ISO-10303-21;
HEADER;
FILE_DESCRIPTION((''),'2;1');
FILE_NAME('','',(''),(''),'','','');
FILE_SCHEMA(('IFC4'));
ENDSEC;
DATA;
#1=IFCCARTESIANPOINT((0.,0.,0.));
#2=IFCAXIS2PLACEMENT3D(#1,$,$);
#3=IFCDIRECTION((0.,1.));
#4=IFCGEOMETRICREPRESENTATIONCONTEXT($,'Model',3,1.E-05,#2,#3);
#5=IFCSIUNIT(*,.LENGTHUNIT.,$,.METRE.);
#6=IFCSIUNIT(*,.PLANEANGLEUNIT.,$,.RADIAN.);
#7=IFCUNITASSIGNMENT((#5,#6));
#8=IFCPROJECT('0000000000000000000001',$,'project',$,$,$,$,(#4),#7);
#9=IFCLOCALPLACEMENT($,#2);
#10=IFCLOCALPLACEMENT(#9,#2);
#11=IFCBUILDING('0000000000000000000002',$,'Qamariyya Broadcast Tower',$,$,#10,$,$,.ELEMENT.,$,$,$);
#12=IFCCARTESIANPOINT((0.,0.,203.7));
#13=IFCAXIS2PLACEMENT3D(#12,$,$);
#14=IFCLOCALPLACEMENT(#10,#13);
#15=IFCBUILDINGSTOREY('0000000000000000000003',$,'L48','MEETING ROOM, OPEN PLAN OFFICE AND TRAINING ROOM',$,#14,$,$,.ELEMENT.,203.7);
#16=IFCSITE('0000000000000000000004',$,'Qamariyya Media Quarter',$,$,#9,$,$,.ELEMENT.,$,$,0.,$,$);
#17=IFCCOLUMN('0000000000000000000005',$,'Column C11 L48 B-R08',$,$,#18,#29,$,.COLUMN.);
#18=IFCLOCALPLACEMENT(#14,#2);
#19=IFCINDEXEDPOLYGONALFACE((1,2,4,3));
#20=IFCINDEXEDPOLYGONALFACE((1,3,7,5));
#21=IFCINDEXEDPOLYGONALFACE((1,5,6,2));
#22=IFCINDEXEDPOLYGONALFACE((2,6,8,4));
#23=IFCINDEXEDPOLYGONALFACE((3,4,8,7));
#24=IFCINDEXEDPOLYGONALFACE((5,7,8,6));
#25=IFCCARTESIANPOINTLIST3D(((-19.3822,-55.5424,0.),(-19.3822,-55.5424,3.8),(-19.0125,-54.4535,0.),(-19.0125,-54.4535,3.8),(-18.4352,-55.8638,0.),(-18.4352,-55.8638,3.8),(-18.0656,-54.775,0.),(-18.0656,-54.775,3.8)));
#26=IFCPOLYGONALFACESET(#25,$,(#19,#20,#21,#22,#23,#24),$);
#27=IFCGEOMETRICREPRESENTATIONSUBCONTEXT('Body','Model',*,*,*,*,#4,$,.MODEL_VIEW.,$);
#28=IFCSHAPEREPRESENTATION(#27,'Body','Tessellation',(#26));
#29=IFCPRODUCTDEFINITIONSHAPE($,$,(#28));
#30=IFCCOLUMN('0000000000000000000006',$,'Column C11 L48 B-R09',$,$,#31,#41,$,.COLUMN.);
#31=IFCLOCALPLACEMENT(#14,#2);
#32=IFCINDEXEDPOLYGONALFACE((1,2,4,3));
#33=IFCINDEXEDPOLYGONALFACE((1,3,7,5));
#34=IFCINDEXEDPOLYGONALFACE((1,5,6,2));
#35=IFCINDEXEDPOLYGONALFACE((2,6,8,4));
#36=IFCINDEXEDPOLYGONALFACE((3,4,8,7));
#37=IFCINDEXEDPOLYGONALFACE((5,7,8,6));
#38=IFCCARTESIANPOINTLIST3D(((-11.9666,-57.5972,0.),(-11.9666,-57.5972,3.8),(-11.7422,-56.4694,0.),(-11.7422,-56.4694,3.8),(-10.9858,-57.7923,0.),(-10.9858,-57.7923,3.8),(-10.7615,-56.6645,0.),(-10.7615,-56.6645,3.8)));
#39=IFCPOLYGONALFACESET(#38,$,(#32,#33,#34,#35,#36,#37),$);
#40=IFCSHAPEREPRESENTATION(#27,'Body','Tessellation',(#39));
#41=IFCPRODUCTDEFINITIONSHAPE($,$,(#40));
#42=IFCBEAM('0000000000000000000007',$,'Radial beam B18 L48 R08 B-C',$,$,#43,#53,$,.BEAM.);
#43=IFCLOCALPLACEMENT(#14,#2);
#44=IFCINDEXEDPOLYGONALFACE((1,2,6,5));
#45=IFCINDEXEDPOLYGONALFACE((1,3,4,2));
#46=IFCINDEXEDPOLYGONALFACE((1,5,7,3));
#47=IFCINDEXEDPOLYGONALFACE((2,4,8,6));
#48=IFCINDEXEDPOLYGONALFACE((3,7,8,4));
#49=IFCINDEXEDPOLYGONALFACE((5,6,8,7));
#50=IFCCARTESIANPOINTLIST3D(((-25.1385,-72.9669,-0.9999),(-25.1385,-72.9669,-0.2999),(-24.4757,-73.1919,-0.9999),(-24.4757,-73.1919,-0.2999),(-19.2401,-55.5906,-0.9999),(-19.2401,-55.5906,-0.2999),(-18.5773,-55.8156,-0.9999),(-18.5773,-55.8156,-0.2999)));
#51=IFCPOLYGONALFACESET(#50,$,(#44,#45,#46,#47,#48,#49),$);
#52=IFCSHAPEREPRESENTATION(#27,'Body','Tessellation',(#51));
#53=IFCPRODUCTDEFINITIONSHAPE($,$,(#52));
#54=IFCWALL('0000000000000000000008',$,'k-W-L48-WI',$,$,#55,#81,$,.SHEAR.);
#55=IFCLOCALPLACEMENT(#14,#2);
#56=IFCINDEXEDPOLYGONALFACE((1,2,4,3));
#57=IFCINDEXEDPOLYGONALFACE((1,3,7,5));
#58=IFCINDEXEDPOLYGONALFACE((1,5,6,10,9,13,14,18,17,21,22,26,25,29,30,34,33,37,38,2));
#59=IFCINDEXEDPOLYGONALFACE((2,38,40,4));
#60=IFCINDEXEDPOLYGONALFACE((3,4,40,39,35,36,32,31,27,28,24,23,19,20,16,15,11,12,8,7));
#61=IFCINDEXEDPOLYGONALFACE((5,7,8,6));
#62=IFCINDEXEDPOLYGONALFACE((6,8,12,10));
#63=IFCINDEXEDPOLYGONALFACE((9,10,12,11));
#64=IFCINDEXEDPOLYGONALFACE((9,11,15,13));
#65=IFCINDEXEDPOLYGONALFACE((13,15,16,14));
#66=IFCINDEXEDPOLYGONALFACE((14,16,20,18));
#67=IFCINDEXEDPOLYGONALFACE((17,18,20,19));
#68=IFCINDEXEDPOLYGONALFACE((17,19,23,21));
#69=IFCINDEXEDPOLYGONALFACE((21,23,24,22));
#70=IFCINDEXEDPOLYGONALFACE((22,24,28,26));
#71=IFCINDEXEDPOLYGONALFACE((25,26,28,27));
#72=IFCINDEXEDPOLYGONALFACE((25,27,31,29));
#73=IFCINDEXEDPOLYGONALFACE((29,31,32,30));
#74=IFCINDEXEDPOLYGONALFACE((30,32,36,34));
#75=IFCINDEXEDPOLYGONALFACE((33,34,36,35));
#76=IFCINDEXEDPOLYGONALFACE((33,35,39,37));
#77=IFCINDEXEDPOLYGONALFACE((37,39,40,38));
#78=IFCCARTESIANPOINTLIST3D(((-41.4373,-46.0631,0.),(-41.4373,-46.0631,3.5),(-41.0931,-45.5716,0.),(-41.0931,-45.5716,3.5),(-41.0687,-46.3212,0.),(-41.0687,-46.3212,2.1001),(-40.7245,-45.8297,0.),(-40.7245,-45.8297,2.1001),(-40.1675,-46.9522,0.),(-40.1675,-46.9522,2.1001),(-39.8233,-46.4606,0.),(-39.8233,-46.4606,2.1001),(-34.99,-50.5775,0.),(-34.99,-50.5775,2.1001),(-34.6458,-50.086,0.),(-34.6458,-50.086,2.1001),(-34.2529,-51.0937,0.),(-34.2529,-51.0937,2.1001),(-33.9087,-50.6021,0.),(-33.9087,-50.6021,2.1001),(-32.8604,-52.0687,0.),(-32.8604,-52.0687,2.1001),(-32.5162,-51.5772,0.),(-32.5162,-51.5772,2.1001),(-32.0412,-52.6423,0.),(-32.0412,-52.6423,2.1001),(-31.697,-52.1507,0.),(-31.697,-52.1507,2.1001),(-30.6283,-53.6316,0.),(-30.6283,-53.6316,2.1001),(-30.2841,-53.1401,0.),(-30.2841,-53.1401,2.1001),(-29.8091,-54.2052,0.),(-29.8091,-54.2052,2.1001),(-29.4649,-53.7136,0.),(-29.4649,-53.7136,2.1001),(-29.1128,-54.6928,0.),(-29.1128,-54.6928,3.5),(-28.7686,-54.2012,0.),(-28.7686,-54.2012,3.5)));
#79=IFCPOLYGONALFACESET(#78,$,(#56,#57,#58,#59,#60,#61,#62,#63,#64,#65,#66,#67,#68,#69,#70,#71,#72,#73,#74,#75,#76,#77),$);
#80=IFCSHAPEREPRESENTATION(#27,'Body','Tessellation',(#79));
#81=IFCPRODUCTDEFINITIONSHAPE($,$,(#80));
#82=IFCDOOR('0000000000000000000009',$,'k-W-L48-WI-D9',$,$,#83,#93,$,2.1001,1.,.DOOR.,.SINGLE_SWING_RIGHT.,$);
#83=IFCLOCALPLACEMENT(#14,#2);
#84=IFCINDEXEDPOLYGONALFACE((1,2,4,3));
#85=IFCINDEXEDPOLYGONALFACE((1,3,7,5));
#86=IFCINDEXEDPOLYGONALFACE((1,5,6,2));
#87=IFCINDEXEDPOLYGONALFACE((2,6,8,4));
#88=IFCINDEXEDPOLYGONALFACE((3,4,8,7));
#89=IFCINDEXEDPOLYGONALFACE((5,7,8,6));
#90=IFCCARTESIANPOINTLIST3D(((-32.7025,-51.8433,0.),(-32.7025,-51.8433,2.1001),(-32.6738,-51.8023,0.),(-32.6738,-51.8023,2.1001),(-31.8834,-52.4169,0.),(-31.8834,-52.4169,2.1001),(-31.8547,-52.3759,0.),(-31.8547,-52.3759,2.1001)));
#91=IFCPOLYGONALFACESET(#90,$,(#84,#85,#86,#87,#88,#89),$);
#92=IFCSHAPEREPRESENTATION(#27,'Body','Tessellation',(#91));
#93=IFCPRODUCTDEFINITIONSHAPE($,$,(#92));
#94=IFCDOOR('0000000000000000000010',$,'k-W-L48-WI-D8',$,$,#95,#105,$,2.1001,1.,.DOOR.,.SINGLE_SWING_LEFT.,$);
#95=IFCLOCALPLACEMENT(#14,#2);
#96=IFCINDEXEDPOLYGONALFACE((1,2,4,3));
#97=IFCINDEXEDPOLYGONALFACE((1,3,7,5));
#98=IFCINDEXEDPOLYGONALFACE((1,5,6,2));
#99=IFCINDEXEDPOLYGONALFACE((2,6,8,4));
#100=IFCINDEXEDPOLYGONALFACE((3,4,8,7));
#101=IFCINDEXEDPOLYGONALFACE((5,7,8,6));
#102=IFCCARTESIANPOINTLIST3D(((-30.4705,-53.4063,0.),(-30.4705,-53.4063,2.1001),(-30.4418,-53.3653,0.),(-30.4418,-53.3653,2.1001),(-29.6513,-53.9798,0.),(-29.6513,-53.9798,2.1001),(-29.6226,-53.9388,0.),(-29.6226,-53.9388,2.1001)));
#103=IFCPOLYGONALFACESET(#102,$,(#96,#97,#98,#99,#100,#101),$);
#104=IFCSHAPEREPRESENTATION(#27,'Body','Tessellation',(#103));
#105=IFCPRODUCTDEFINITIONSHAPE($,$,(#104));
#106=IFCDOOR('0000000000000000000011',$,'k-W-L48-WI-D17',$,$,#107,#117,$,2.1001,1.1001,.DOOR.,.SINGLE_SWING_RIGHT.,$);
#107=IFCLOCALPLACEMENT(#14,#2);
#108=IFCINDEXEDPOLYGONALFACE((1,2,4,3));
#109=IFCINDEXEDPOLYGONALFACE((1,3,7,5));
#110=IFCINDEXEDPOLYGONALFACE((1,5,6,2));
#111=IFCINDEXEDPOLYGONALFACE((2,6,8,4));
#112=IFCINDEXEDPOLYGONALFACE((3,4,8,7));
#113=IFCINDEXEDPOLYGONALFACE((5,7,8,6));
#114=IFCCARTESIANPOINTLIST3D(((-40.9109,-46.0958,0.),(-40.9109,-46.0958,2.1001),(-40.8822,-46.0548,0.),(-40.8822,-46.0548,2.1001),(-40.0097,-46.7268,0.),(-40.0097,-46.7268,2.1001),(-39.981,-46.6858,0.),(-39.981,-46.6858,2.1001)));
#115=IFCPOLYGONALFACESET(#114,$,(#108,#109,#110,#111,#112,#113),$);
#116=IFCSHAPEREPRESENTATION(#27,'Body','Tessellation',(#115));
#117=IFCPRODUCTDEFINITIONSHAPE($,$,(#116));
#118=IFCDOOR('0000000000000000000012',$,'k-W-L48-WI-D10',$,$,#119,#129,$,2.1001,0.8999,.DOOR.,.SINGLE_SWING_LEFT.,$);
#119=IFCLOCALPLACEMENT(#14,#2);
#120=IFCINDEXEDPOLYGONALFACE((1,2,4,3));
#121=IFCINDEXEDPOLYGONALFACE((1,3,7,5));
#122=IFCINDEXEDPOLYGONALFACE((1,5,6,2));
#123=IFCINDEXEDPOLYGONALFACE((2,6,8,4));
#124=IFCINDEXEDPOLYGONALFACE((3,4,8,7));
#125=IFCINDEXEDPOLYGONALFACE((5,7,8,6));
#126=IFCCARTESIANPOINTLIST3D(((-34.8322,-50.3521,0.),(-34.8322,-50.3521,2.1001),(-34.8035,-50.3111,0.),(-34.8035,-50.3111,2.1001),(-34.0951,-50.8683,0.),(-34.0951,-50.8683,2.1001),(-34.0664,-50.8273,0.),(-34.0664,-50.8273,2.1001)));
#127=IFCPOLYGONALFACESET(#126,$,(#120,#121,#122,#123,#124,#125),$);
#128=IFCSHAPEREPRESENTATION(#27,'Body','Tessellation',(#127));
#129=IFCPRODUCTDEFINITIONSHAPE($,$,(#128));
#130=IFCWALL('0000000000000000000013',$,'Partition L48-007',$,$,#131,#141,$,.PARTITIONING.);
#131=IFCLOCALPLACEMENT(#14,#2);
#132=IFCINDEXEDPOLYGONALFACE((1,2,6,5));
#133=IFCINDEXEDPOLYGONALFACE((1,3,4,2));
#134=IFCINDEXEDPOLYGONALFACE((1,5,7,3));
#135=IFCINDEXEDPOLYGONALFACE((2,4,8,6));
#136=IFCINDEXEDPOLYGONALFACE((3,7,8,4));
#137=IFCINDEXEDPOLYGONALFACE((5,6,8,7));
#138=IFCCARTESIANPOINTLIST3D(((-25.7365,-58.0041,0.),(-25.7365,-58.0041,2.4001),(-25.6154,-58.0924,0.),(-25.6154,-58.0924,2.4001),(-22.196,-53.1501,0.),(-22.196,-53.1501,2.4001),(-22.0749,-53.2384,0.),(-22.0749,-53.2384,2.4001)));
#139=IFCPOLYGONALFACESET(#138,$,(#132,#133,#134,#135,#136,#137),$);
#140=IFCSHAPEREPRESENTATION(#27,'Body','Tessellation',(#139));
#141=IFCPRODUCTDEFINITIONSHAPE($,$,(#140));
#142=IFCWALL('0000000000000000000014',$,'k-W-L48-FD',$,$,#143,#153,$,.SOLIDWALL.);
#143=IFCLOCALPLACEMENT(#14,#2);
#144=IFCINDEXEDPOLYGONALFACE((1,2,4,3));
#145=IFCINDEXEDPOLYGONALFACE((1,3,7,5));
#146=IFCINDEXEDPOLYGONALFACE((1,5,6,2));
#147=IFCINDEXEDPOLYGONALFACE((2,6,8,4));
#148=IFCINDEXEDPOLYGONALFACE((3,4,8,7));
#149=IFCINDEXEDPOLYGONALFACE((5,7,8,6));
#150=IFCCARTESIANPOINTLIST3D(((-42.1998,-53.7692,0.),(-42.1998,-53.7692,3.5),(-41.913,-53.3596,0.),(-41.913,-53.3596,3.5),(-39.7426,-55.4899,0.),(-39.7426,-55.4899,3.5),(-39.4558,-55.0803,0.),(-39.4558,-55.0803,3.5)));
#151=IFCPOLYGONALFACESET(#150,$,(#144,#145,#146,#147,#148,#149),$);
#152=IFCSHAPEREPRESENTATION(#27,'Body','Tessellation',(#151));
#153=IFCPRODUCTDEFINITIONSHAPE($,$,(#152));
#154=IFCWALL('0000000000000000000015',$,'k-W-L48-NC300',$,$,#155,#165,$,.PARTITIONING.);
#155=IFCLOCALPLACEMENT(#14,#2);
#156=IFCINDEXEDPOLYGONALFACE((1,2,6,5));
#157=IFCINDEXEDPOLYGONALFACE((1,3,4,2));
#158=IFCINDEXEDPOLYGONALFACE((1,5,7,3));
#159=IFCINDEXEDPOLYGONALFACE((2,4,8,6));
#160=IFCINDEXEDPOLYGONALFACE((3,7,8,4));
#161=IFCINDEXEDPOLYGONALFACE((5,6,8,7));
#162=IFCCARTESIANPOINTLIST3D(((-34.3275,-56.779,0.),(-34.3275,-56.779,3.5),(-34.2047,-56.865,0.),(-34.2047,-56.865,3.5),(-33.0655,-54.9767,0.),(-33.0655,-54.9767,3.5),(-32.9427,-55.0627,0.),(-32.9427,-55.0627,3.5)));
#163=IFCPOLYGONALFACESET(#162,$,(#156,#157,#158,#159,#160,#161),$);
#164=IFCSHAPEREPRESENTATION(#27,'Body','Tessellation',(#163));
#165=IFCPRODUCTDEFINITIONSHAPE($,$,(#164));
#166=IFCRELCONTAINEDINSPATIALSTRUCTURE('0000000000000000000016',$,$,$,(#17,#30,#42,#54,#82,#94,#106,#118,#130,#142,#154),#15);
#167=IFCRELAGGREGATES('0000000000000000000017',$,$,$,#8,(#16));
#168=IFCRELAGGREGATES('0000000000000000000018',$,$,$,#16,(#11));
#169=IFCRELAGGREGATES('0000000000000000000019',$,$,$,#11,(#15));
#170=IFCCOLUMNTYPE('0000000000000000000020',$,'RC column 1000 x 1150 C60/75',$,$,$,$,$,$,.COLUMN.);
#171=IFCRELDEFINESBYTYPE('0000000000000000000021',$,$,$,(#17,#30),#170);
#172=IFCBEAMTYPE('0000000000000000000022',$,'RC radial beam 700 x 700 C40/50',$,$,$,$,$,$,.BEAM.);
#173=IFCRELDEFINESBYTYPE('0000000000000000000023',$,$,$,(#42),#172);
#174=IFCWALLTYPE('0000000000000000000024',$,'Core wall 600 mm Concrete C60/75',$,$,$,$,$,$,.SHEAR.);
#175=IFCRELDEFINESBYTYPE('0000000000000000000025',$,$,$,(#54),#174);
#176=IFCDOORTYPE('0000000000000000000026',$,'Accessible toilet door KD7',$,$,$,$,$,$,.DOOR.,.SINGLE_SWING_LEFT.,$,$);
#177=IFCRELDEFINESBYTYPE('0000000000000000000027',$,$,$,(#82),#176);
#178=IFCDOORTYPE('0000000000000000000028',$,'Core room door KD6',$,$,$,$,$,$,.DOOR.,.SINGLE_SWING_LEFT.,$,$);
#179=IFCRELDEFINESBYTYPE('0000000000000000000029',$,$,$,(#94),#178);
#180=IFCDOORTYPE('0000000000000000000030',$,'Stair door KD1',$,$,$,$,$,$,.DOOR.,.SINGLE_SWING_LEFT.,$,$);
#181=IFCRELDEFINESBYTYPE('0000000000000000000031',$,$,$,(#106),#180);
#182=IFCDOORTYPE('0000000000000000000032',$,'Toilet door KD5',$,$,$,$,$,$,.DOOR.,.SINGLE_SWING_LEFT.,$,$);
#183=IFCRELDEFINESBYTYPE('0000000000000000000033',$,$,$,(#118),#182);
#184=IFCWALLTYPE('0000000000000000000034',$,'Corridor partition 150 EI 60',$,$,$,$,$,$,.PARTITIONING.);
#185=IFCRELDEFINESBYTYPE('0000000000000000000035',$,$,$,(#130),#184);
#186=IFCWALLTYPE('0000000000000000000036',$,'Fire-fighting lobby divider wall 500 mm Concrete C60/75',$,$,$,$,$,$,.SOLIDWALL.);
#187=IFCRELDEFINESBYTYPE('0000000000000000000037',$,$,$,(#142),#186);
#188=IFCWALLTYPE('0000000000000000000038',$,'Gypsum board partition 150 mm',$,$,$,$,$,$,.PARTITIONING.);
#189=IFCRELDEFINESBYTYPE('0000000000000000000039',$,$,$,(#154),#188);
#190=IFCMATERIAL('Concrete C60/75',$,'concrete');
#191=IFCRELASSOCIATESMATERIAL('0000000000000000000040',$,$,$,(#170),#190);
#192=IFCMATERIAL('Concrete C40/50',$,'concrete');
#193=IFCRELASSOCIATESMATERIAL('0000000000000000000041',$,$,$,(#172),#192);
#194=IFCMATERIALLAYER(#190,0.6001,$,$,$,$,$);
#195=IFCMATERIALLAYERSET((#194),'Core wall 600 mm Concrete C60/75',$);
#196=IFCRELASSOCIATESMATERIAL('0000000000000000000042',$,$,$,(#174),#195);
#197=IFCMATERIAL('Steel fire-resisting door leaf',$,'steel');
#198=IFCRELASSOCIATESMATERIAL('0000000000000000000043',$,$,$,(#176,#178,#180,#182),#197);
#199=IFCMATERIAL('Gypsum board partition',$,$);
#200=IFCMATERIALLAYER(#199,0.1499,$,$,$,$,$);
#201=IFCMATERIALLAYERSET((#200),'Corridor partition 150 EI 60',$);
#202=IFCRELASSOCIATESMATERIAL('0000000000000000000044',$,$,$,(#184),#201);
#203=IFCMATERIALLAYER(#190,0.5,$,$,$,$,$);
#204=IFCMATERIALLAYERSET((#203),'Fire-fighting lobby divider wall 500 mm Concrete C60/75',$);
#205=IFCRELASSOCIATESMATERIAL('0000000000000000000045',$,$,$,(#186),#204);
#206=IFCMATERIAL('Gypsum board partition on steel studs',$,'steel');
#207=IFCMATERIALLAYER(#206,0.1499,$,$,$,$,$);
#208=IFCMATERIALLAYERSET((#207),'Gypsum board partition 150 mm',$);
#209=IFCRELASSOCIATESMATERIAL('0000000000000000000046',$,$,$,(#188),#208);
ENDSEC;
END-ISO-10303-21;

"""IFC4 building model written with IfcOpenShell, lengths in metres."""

from ifc_helpers import new_model, si_unit, direction, frame, frame_2d, origin, origin_2d, place, context, subcontext, project, spatial, rectangle, extrude, material, layer, layer_set, material_profile, profile_set, type_object, element, fill, save


model = new_model("IFC4")

# Units and contexts
model_context = context("Model", 3, precision=1e-05, world=origin(), true_north=direction((0.0, 1.0)))
body_context = subcontext(model_context, "Body", "Model", "MODEL_VIEW")
ifc_project = project(units=[si_unit("LENGTHUNIT", "METRE"), si_unit("PLANEANGLEUNIT", "RADIAN")], contexts=[model_context])

# Site, building, storey
site_placement = place(None, origin())
site = spatial("IfcSite", under=ifc_project, at=site_placement, Name="Qamariyya Media Quarter", CompositionType="ELEMENT", RefElevation=0.0)
building_placement = place(site_placement, origin())
building = spatial("IfcBuilding", under=site, at=building_placement, Name="Qamariyya Broadcast Tower", CompositionType="ELEMENT")
storey_placement = place(building_placement, frame((0.0, 0.0, 203.7)))
storey = spatial("IfcBuildingStorey", under=building, at=storey_placement, Name="L48", Description="MEETING ROOM, OPEN PLAN OFFICE AND TRAINING ROOM", CompositionType="ELEMENT", Elevation=203.7)

# Columns
ifc_material_1 = material(Name="Concrete C60/75", Category="concrete")
ifc_material_profile_1 = material_profile(ifc_material_1, rectangle(XDim=1.0, YDim=1.1499, at=origin_2d()))
ifc_profile_set_1 = profile_set([ifc_material_profile_1], Name="Concrete C60/75")
column_type = type_object("IfcColumnType", Name="RC column 1000 x 1150 C60/75", PredefinedType="COLUMN", material=ifc_profile_set_1)
for number, where, z_axis, x_axis, name in (
    (1, (-18.7239, -55.1587, 0.0), (0.0, 0.0, 1.0), (0.94693, -0.321439, 0.0), "Column C11 L48 B-R08"),
    (2, (-11.364, -57.1309, 0.0), (0.0, 0.0, 1.0), (0.980785, -0.19509, 0.0), "Column C11 L48 B-R09"),
):
    element("IfcColumn", number, at=place(storey_placement, frame(where, z_axis=z_axis, x_axis=x_axis)), inside=storey, type_object=column_type, Name=name, PredefinedType="COLUMN", context=body_context, shape_type="SweptSolid", body=[
        extrude(rectangle(XDim=1.0, YDim=1.1499, at=origin_2d()), origin(), (0.0, 0.0, 1.0), 3.8),
    ])

# Beam
ifc_material_2 = material(Name="Concrete C40/50", Category="concrete")
ifc_material_profile_2 = material_profile(ifc_material_2, rectangle(XDim=0.7, YDim=0.7, at=origin_2d()))
ifc_profile_set_2 = profile_set([ifc_material_profile_2], Name="Concrete C40/50")
beam_type = type_object("IfcBeamType", Name="RC radial beam 700 x 700 C40/50", PredefinedType="BEAM", material=ifc_profile_set_2)
beam_placement = place(storey_placement, frame((-18.9087, -55.7031, -0.6499), z_axis=(-0.32144, -0.94693, 0.0), x_axis=(0.94693, -0.32144, 0.0)))
element("IfcBeam", 3, at=beam_placement, inside=storey, type_object=beam_type, Name="Radial beam B18 L48 R08 B-C", PredefinedType="BEAM", context=body_context, shape_type="SweptSolid", body=[
    extrude(rectangle(XDim=0.7, YDim=0.7, at=origin_2d()), origin(), (0.0, 0.0, 1.0), 18.3501),
])

# Wall, openings, doors
ifc_layer_1 = layer(ifc_material_1, 0.6001)
ifc_layer_set_1 = layer_set([ifc_layer_1], Name="Core wall 600 mm Concrete C60/75")
wall_type_1 = type_object("IfcWallType", Name="Core wall 600 mm Concrete C60/75", PredefinedType="SHEAR", material=ifc_layer_set_1)
wall_1_placement = place(storey_placement, frame((-28.9407, -54.447, 0.0), z_axis=(0.0, 0.0, 1.0), x_axis=(-0.819153, 0.573575, 0.0)))
wall_1 = element("IfcWall", 4, at=wall_1_placement, inside=storey, type_object=wall_type_1, Name="k-W-L48-WI", PredefinedType="SHEAR", context=body_context, shape_type="SweptSolid", body=[
    extrude(rectangle(XDim=15.0454, YDim=0.6001, at=frame_2d((7.5227, 0.0))), origin(), (0.0, 0.0, 1.0), 3.5),
])
opening_1_placement = place(wall_1_placement, frame((0.8501, 0.0, 0.0)))
opening_1 = element("IfcOpeningElement", 5, at=opening_1_placement, cuts=wall_1, PredefinedType="OPENING", context=body_context, shape_type="SweptSolid", body=[
    extrude(rectangle(XDim=1.0, YDim=2.1001, at=frame_2d((0.5, 1.05))), frame((0.0, 0.3101, 0.0), z_axis=(0.0, -1.0, 0.0), x_axis=(1.0, 0.0, 0.0)), (0.0, 0.0, 1.0), 0.6201),
])
opening_2_placement = place(wall_1_placement, frame((3.575, 0.0, 0.0)))
opening_2 = element("IfcOpeningElement", 6, at=opening_2_placement, cuts=wall_1, PredefinedType="OPENING", context=body_context, shape_type="SweptSolid", body=[
    extrude(rectangle(XDim=1.0, YDim=2.1001, at=frame_2d((0.5, 1.05))), frame((0.0, 0.3101, 0.0), z_axis=(0.0, -1.0, 0.0), x_axis=(1.0, 0.0, 0.0)), (0.0, 0.0, 1.0), 0.6201),
])
opening_3_placement = place(wall_1_placement, frame((6.2749, 0.0, 0.0)))
opening_3 = element("IfcOpeningElement", 7, at=opening_3_placement, cuts=wall_1, PredefinedType="OPENING", context=body_context, shape_type="SweptSolid", body=[
    extrude(rectangle(XDim=0.8999, YDim=2.1001, at=frame_2d((0.45, 1.05))), frame((0.0, 0.3101, 0.0), z_axis=(0.0, -1.0, 0.0), x_axis=(1.0, 0.0, 0.0)), (0.0, 0.0, 1.0), 0.6201),
])
opening_4_placement = place(wall_1_placement, frame((13.4954, 0.0, 0.0)))
opening_4 = element("IfcOpeningElement", 8, at=opening_4_placement, cuts=wall_1, PredefinedType="OPENING", context=body_context, shape_type="SweptSolid", body=[
    extrude(rectangle(XDim=1.1001, YDim=2.1001, at=frame_2d((0.55, 1.05))), frame((0.0, 0.3101, 0.0), z_axis=(0.0, -1.0, 0.0), x_axis=(1.0, 0.0, 0.0)), (0.0, 0.0, 1.0), 0.6201),
])
ifc_material_3 = material(Name="Steel fire-resisting door leaf", Category="steel")
door_type_1 = type_object("IfcDoorType", Name="Accessible toilet door KD7", OperationType="SINGLE_SWING_LEFT", PredefinedType="DOOR", material=ifc_material_3)
door_1_placement = place(opening_2_placement, origin())
door_1 = element("IfcDoor", 9, at=door_1_placement, inside=storey, type_object=door_type_1, Name="k-W-L48-WI-D9", OperationType="SINGLE_SWING_RIGHT", OverallHeight=2.1001, OverallWidth=1.0, PredefinedType="DOOR", context=body_context, shape_type="SweptSolid", body=[
    extrude(rectangle(XDim=1.0, YDim=2.1001, at=frame_2d((0.5, 1.05))), frame((0.0, 0.0249, 0.0), z_axis=(0.0, -1.0, 0.0), x_axis=(1.0, 0.0, 0.0)), (0.0, 0.0, 1.0), 0.05),
])
fill(opening_2, door_1)
door_type_2 = type_object("IfcDoorType", Name="Core room door KD6", OperationType="SINGLE_SWING_LEFT", PredefinedType="DOOR", material=ifc_material_3)
door_2_placement = place(opening_1_placement, origin())
door_2 = element("IfcDoor", 10, at=door_2_placement, inside=storey, type_object=door_type_2, Name="k-W-L48-WI-D8", OperationType="SINGLE_SWING_LEFT", OverallHeight=2.1001, OverallWidth=1.0, PredefinedType="DOOR", context=body_context, shape_type="SweptSolid", body=[
    extrude(rectangle(XDim=1.0, YDim=2.1001, at=frame_2d((0.5, 1.05))), frame((0.0, 0.0249, 0.0), z_axis=(0.0, -1.0, 0.0), x_axis=(1.0, 0.0, 0.0)), (0.0, 0.0, 1.0), 0.05),
])
fill(opening_1, door_2)
door_type_3 = type_object("IfcDoorType", Name="Stair door KD1", OperationType="SINGLE_SWING_LEFT", PredefinedType="DOOR", material=ifc_material_3)
door_3_placement = place(opening_4_placement, origin())
door_3 = element("IfcDoor", 11, at=door_3_placement, inside=storey, type_object=door_type_3, Name="k-W-L48-WI-D17", OperationType="SINGLE_SWING_RIGHT", OverallHeight=2.1001, OverallWidth=1.1001, PredefinedType="DOOR", context=body_context, shape_type="SweptSolid", body=[
    extrude(rectangle(XDim=1.1001, YDim=2.1001, at=frame_2d((0.55, 1.05))), frame((0.0, 0.0249, 0.0), z_axis=(0.0, -1.0, 0.0), x_axis=(1.0, 0.0, 0.0)), (0.0, 0.0, 1.0), 0.05),
])
fill(opening_4, door_3)
door_type_4 = type_object("IfcDoorType", Name="Toilet door KD5", OperationType="SINGLE_SWING_LEFT", PredefinedType="DOOR", material=ifc_material_3)
door_4_placement = place(opening_3_placement, origin())
door_4 = element("IfcDoor", 12, at=door_4_placement, inside=storey, type_object=door_type_4, Name="k-W-L48-WI-D10", OperationType="SINGLE_SWING_LEFT", OverallHeight=2.1001, OverallWidth=0.8999, PredefinedType="DOOR", context=body_context, shape_type="SweptSolid", body=[
    extrude(rectangle(XDim=0.8999, YDim=2.1001, at=frame_2d((0.45, 1.05))), frame((0.0, 0.0249, 0.0), z_axis=(0.0, -1.0, 0.0), x_axis=(1.0, 0.0, 0.0)), (0.0, 0.0, 1.0), 0.05),
])
fill(opening_3, door_4)

# Walls
ifc_material_4 = material(Name="Gypsum board partition")
ifc_layer_2 = layer(ifc_material_4, 0.1499)
ifc_layer_set_2 = layer_set([ifc_layer_2], Name="Corridor partition 150 EI 60")
wall_type_2 = type_object("IfcWallType", Name="Corridor partition 150 EI 60", PredefinedType="PARTITIONING", material=ifc_layer_set_2)
wall_2_placement = place(storey_placement, frame((-22.1355, -53.1943, 0.0), z_axis=(0.0, 0.0, 1.0), x_axis=(-0.589297, -0.807916, 0.0)))
element("IfcWall", 13, at=wall_2_placement, inside=storey, type_object=wall_type_2, Name="Partition L48-007", PredefinedType="PARTITIONING", context=body_context, shape_type="SweptSolid", body=[
    extrude(rectangle(XDim=6.0081, YDim=0.1499, at=frame_2d((3.0039, 0.0))), origin(), (0.0, 0.0, 1.0), 2.4001),
])
ifc_layer_3 = layer(ifc_material_1, 0.5)
ifc_layer_set_3 = layer_set([ifc_layer_3], Name="Fire-fighting lobby divider wall 500 mm Concrete C60/75")
wall_type_3 = type_object("IfcWallType", Name="Fire-fighting lobby divider wall 500 mm Concrete C60/75", PredefinedType="SOLIDWALL", material=ifc_layer_set_3)
wall_3_placement = place(storey_placement, frame((-39.5991, -55.2852, 0.0), z_axis=(0.0, 0.0, 1.0), x_axis=(-0.819136, 0.573599, 0.0)))
element("IfcWall", 14, at=wall_3_placement, inside=storey, type_object=wall_type_3, Name="k-W-L48-FD", PredefinedType="SOLIDWALL", context=body_context, shape_type="SweptSolid", body=[
    extrude(rectangle(XDim=2.9998, YDim=0.5, at=frame_2d((1.5, 0.0))), origin(), (0.0, 0.0, 1.0), 3.5),
])
ifc_material_5 = material(Name="Gypsum board partition on steel studs", Category="steel")
ifc_layer_4 = layer(ifc_material_5, 0.1499)
ifc_layer_set_4 = layer_set([ifc_layer_4], Name="Gypsum board partition 150 mm")
wall_type_4 = type_object("IfcWallType", Name="Gypsum board partition 150 mm", PredefinedType="PARTITIONING", material=ifc_layer_set_4)
for number, where, z_axis, x_axis, name in (
    (15, (-34.2661, -56.822, 0.0), (0.0, 0.0, 1.0), (0.573581, 0.819149, 0.0), "k-W-L48-NC300"),
):
    element("IfcWall", number, at=place(storey_placement, frame(where, z_axis=z_axis, x_axis=x_axis)), inside=storey, type_object=wall_type_4, Name=name, PredefinedType="PARTITIONING", context=body_context, shape_type="SweptSolid", body=[
        extrude(rectangle(XDim=2.2002, YDim=0.1499, at=frame_2d((1.1001, 0.0))), origin(), (0.0, 0.0, 1.0), 3.5),
    ])

save(model, "model.ifc")
